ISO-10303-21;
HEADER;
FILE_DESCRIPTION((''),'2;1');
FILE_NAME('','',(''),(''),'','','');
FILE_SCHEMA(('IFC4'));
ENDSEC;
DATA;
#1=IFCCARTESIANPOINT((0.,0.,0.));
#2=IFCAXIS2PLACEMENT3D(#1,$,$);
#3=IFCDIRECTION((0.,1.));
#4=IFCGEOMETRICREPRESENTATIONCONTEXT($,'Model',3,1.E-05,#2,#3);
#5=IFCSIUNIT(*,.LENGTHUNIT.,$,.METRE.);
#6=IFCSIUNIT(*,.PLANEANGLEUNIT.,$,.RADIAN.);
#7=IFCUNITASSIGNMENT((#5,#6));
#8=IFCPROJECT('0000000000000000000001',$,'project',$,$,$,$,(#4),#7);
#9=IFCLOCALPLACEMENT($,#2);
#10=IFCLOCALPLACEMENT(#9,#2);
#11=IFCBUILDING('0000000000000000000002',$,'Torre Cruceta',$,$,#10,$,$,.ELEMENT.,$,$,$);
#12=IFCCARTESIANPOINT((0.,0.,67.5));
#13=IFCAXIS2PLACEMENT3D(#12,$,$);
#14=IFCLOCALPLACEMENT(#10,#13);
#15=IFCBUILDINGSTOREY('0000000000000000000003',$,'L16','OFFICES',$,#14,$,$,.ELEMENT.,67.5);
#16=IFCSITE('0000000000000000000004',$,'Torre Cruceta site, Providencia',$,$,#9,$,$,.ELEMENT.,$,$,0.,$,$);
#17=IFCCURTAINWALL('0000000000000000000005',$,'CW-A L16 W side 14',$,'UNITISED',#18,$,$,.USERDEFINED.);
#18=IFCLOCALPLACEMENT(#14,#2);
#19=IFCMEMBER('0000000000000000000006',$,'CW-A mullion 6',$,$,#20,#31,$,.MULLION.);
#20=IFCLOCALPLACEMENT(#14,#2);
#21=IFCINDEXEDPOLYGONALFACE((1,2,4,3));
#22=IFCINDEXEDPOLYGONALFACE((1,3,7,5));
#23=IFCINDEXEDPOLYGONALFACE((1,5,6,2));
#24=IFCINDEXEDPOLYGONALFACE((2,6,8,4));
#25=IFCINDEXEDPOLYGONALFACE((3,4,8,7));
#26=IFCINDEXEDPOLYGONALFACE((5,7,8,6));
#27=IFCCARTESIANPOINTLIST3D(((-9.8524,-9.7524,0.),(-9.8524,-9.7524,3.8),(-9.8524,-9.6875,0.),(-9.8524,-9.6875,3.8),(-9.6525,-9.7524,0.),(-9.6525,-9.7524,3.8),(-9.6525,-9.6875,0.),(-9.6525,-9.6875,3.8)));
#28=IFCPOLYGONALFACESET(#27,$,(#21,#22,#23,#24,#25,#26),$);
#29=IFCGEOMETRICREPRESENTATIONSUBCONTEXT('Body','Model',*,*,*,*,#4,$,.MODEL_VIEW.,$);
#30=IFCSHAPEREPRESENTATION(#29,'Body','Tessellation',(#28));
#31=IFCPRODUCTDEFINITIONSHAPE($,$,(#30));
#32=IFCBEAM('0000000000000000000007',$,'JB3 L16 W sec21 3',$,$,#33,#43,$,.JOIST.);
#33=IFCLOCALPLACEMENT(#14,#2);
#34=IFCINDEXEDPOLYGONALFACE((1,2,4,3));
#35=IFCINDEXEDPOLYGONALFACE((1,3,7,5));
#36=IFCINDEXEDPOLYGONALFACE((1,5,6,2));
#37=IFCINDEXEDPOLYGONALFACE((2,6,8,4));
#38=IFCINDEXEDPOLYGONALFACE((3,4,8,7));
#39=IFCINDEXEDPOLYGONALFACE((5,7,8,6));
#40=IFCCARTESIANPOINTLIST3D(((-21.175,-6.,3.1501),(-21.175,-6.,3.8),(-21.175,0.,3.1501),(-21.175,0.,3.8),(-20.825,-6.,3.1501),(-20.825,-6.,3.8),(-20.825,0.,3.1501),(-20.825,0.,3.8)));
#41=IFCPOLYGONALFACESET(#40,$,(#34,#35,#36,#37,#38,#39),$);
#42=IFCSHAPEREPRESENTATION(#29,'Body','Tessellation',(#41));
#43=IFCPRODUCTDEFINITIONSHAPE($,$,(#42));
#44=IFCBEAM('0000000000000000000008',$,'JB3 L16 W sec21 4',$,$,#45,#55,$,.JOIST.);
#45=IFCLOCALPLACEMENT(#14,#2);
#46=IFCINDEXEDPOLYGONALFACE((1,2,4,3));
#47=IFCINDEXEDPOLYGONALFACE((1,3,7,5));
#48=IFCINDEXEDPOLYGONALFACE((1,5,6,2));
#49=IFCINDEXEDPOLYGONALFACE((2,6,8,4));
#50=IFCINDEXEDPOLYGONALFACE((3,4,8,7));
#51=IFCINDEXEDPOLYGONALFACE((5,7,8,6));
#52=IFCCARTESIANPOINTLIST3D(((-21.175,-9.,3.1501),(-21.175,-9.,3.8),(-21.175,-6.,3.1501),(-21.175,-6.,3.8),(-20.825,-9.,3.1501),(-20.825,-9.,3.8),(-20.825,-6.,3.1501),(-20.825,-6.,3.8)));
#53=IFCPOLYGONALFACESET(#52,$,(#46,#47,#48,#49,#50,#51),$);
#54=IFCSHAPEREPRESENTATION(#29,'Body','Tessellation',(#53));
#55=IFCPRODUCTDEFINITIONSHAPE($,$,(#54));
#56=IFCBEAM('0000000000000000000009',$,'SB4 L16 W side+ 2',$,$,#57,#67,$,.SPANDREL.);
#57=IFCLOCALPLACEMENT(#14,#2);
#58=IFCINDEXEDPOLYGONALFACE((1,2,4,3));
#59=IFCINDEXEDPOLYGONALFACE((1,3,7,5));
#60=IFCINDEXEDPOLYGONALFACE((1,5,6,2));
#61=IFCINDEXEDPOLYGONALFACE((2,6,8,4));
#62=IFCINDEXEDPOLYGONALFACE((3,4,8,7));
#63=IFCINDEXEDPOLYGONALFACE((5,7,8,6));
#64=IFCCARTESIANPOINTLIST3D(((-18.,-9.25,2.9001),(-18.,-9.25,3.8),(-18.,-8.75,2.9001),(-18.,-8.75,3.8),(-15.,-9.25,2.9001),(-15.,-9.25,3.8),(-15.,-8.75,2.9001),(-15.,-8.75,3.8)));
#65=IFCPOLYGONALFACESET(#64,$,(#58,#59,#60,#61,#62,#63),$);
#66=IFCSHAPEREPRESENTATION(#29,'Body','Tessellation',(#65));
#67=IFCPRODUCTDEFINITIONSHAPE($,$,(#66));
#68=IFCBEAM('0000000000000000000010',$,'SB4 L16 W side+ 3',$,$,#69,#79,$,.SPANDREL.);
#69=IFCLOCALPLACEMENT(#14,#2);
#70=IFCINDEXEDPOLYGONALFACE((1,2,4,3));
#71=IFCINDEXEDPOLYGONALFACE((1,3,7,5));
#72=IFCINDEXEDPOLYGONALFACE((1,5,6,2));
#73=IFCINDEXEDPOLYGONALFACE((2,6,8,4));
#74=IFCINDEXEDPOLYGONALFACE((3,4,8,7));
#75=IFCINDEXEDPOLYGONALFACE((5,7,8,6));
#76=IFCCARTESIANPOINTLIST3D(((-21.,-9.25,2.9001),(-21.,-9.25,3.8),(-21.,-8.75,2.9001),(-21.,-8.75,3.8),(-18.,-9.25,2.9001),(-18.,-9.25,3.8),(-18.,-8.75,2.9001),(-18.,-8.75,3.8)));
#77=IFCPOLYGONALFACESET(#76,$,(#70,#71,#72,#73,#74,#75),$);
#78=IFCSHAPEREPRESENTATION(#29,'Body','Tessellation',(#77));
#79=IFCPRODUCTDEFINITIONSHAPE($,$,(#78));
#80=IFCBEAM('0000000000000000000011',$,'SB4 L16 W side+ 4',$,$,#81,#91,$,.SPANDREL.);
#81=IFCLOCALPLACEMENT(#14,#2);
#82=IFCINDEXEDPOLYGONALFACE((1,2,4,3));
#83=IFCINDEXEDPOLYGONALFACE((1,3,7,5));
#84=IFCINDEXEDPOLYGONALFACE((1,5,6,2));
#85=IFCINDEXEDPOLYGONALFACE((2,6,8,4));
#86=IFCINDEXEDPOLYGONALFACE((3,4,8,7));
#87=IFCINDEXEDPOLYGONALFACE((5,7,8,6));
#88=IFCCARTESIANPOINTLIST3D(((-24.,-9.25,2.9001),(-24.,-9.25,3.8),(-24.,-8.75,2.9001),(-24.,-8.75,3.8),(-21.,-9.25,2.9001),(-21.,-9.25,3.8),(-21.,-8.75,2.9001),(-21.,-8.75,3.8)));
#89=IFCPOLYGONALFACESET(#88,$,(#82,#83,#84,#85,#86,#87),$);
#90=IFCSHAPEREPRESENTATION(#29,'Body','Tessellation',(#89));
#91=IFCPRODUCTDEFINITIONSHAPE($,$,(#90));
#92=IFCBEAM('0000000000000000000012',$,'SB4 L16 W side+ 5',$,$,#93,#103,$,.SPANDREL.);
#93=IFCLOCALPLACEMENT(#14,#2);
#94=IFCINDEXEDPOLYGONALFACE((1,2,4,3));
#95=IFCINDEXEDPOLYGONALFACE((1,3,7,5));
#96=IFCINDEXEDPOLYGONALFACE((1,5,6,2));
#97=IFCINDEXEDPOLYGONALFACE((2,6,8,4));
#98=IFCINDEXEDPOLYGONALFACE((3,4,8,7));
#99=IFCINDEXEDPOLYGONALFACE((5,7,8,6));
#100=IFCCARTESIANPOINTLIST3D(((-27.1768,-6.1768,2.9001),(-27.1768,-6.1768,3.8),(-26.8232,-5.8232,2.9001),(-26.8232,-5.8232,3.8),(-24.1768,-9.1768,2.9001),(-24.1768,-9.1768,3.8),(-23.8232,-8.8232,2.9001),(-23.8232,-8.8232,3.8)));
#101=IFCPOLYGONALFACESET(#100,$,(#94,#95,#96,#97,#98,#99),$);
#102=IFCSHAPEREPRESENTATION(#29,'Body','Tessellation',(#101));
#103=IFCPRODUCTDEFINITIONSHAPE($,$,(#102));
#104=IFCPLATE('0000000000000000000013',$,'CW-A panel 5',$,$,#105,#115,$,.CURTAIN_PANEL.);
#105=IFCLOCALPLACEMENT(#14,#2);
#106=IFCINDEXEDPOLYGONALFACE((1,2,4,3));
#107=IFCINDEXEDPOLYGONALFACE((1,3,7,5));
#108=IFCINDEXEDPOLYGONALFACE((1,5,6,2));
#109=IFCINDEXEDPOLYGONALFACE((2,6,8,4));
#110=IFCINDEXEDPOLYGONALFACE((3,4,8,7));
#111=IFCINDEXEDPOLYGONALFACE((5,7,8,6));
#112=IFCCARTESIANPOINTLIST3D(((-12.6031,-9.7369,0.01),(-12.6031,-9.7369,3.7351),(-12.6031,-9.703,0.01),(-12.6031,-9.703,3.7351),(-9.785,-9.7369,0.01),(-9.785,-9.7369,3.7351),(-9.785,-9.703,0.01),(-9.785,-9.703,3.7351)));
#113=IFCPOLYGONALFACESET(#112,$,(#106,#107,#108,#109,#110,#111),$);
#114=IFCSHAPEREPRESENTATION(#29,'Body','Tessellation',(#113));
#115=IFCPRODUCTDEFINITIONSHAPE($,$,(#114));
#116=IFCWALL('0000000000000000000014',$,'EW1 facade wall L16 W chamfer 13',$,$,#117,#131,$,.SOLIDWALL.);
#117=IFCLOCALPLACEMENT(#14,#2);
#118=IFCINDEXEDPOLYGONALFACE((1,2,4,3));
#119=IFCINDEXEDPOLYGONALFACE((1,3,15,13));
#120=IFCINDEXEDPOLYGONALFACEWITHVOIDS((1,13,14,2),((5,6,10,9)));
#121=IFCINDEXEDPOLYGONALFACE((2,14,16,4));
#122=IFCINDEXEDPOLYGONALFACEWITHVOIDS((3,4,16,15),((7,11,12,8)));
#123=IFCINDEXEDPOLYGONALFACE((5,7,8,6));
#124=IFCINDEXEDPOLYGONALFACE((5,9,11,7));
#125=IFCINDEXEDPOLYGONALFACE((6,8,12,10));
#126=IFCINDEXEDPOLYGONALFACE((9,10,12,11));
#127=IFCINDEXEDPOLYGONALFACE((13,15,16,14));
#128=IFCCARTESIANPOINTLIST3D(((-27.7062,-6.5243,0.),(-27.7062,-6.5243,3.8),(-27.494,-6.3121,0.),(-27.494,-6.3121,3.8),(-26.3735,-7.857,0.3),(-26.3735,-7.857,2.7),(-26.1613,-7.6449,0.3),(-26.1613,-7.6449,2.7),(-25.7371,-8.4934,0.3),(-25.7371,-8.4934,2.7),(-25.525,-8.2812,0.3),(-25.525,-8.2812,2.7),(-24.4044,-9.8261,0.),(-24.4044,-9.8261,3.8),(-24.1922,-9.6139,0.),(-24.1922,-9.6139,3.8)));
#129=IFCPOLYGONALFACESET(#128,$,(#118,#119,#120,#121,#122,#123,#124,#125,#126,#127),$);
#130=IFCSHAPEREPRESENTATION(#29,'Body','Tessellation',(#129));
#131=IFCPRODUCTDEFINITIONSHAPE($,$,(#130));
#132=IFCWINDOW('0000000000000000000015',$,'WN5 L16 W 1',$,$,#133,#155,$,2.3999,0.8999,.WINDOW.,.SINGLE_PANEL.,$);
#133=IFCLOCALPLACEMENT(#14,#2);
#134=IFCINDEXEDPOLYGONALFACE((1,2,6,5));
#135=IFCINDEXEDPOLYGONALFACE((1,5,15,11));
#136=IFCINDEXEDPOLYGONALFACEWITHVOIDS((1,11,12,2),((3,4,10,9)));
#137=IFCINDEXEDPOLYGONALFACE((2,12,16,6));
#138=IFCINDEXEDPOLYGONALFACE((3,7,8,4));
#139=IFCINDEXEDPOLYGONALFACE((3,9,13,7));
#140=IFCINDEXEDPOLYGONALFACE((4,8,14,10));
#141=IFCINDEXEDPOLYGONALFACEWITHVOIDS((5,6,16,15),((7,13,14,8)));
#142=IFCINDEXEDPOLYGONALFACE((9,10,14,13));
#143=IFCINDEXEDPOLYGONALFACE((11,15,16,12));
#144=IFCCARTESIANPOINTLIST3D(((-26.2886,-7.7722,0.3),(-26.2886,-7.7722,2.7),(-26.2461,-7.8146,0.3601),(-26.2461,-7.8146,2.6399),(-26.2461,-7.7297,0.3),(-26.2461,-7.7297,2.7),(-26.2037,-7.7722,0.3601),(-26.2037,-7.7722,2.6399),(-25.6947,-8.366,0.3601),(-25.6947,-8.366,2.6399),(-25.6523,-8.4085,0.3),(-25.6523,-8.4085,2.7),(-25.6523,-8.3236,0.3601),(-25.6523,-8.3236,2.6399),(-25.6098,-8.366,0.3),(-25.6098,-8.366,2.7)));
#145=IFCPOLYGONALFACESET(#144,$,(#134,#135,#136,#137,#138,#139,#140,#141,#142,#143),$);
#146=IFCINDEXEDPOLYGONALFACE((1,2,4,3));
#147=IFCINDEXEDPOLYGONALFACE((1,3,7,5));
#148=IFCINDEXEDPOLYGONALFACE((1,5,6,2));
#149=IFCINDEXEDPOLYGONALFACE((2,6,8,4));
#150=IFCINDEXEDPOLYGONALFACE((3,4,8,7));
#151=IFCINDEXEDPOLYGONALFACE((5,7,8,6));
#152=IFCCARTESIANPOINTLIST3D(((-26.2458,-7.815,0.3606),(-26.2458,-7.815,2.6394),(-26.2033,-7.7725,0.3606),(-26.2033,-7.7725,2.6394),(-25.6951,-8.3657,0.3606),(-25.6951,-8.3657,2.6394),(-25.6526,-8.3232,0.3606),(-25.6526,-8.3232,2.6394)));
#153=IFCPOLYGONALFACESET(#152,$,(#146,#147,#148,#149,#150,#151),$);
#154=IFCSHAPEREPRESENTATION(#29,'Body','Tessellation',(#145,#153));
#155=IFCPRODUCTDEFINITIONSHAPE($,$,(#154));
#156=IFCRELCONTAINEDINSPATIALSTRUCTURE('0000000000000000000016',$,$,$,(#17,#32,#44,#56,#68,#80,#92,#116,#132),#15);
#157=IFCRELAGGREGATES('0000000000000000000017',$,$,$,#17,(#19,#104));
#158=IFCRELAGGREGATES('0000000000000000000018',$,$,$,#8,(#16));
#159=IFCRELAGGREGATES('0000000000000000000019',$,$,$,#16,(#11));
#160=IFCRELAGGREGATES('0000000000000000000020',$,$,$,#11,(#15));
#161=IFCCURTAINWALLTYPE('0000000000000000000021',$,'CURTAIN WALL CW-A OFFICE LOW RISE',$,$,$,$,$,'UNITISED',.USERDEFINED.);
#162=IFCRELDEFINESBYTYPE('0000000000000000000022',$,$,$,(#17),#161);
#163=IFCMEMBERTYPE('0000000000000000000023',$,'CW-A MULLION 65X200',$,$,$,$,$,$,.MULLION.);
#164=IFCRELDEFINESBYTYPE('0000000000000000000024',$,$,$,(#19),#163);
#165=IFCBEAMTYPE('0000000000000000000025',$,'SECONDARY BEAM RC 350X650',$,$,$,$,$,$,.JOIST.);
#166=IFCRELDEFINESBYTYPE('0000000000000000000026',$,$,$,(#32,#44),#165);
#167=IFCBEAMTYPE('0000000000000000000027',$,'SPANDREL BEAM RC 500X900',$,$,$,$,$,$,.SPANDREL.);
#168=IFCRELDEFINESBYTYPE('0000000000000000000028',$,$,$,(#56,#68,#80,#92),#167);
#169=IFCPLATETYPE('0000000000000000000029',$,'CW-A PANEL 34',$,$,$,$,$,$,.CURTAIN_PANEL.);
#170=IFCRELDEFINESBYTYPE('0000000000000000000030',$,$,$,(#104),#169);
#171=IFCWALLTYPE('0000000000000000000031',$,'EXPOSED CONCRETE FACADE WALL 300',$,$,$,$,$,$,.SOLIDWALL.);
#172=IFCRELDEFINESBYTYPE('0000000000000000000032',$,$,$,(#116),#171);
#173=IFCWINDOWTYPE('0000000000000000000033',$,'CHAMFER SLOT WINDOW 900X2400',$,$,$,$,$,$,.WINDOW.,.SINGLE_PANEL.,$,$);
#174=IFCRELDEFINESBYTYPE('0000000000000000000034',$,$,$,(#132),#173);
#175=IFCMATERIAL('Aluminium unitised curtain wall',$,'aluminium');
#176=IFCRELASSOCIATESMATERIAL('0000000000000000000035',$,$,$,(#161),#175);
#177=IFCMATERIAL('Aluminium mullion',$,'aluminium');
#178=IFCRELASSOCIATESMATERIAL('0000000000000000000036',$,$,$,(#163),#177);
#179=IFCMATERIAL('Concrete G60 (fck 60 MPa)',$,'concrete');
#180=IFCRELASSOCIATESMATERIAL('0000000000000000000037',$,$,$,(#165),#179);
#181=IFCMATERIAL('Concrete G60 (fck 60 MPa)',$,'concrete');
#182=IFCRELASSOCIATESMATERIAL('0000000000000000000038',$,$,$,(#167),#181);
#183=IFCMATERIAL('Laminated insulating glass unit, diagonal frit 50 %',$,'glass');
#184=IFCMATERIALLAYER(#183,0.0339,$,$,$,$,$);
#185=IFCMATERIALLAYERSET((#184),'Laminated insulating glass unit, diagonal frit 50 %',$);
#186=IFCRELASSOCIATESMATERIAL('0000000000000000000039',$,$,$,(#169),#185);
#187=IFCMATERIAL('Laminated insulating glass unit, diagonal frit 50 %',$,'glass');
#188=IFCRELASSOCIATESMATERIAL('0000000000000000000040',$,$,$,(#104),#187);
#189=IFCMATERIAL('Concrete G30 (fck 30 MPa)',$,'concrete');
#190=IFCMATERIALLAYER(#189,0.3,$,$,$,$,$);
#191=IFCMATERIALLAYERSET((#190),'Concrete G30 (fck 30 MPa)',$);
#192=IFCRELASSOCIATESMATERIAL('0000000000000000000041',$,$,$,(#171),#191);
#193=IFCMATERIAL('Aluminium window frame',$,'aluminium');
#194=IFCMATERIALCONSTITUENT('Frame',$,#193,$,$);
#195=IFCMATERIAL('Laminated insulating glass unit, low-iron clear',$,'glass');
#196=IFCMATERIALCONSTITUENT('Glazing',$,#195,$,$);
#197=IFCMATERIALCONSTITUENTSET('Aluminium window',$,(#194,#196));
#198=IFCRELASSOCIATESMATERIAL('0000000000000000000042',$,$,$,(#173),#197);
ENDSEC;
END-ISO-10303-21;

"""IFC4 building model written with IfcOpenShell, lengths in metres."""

from ifc_helpers import new_model, si_unit, direction, frame, frame_2d, origin, origin_2d, place, context, subcontext, project, spatial, rectangle, hollow_rectangle, extrude, material, layer, layer_set, constituent, constituent_set, material_profile, profile_set, type_object, element, fill, aggregate, save


model = new_model("IFC4")

# Units and contexts
model_context = context("Model", 3, precision=1e-05, world=origin(), true_north=direction((0.0, 1.0)))
body_context = subcontext(model_context, "Body", "Model", "MODEL_VIEW")
ifc_project = project(units=[si_unit("LENGTHUNIT", "METRE"), si_unit("PLANEANGLEUNIT", "RADIAN")], contexts=[model_context])

# Site, building, storey
site_placement = place(None, origin())
site = spatial("IfcSite", under=ifc_project, at=site_placement, Name="Torre Cruceta site, Providencia", CompositionType="ELEMENT", RefElevation=0.0)
building_placement = place(site_placement, origin())
building = spatial("IfcBuilding", under=site, at=building_placement, Name="Torre Cruceta", CompositionType="ELEMENT")
storey_placement = place(building_placement, frame((0.0, 0.0, 67.5)))
storey = spatial("IfcBuildingStorey", under=building, at=storey_placement, Name="L16", Description="OFFICES", CompositionType="ELEMENT", Elevation=67.5)

# Curtain wall, member
ifc_material_1 = material(Name="Aluminium unitised curtain wall", Category="aluminium")
curtain_wall_type = type_object("IfcCurtainWallType", Name="CURTAIN WALL CW-A OFFICE LOW RISE", ElementType="UNITISED", PredefinedType="USERDEFINED", material=ifc_material_1)
curtain_wall_placement = place(storey_placement, origin())
curtain_wall = element("IfcCurtainWall", 1, at=curtain_wall_placement, inside=storey, type_object=curtain_wall_type, Name="CW-A L16 W side 14", ObjectType="UNITISED", PredefinedType="USERDEFINED")
ifc_material_2 = material(Name="Aluminium mullion", Category="aluminium")
ifc_material_profile_1 = material_profile(ifc_material_2, rectangle(XDim=0.0649, YDim=0.2, at=origin_2d()), Name="AL 65X200")
ifc_profile_set_1 = profile_set([ifc_material_profile_1], Name="Aluminium mullion")
member_type = type_object("IfcMemberType", Name="CW-A MULLION 65X200", PredefinedType="MULLION", material=ifc_profile_set_1)
member_placement = place(storey_placement, frame((-9.7524, -9.72, 0.0), z_axis=(0.0, 0.0, 1.0), x_axis=(0.0, 1.0, 0.0)))
member = element("IfcMember", 2, at=member_placement, type_object=member_type, Name="CW-A mullion 6", PredefinedType="MULLION", context=body_context, shape_type="SweptSolid", body=[
    extrude(rectangle(XDim=0.0649, YDim=0.2, at=origin_2d()), origin(), (0.0, 0.0, 1.0), 3.8),
])

# Beams
ifc_material_3 = material(Name="Concrete G60 (fck 60 MPa)", Category="concrete")
ifc_material_profile_2 = material_profile(ifc_material_3, rectangle(XDim=0.3501, YDim=0.6499, at=origin_2d()), Name="RC 350X650")
ifc_profile_set_2 = profile_set([ifc_material_profile_2], Name="Concrete G60 (fck 60 MPa)")
beam_type_1 = type_object("IfcBeamType", Name="SECONDARY BEAM RC 350X650", PredefinedType="JOIST", material=ifc_profile_set_2)
beam_1_placement = place(storey_placement, frame((-21.0, 0.0, 3.4751), z_axis=(0.0, -1.0, 0.0), x_axis=(1.0, 0.0, 0.0)))
element("IfcBeam", 3, at=beam_1_placement, inside=storey, type_object=beam_type_1, Name="JB3 L16 W sec21 3", PredefinedType="JOIST", context=body_context, shape_type="SweptSolid", body=[
    extrude(rectangle(XDim=0.3501, YDim=0.6499, at=origin_2d()), origin(), (0.0, 0.0, 1.0), 6.0),
])
beam_2_placement = place(storey_placement, frame((-21.0, -6.0, 3.4751), z_axis=(0.0, -1.0, 0.0), x_axis=(1.0, 0.0, 0.0)))
element("IfcBeam", 4, at=beam_2_placement, inside=storey, type_object=beam_type_1, Name="JB3 L16 W sec21 4", PredefinedType="JOIST", context=body_context, shape_type="SweptSolid", body=[
    extrude(rectangle(XDim=0.3501, YDim=0.6499, at=origin_2d()), origin(), (0.0, 0.0, 1.0), 3.0),
])
ifc_material_4 = material(Name="Concrete G60 (fck 60 MPa)", Category="concrete")
ifc_material_profile_3 = material_profile(ifc_material_4, rectangle(XDim=0.5, YDim=0.8999, at=origin_2d()), Name="RC 500X900")
ifc_profile_set_3 = profile_set([ifc_material_profile_3], Name="Concrete G60 (fck 60 MPa)")
beam_type_2 = type_object("IfcBeamType", Name="SPANDREL BEAM RC 500X900", PredefinedType="SPANDREL", material=ifc_profile_set_3)
for number, where, z_axis, x_axis, name in (
    (5, (-15.0, -9.0, 3.3501), (-1.0, 0.0, 0.0), (0.0, -1.0, 0.0), "SB4 L16 W side+ 2"),
    (6, (-18.0, -9.0, 3.3501), (-1.0, 0.0, 0.0), (0.0, -1.0, 0.0), "SB4 L16 W side+ 3"),
    (7, (-21.0, -9.0, 3.3501), (-1.0, 0.0, 0.0), (0.0, -1.0, 0.0), "SB4 L16 W side+ 4"),
):
    element("IfcBeam", number, at=place(storey_placement, frame(where, z_axis=z_axis, x_axis=x_axis)), inside=storey, type_object=beam_type_2, Name=name, PredefinedType="SPANDREL", context=body_context, shape_type="SweptSolid", body=[
        extrude(rectangle(XDim=0.5, YDim=0.8999, at=origin_2d()), origin(), (0.0, 0.0, 1.0), 3.0),
    ])
beam_3_placement = place(storey_placement, frame((-24.0, -9.0, 3.3501), z_axis=(-0.707107, 0.707107, 0.0), x_axis=(-0.707107, -0.707107, 0.0)))
element("IfcBeam", 8, at=beam_3_placement, inside=storey, type_object=beam_type_2, Name="SB4 L16 W side+ 5", PredefinedType="SPANDREL", context=body_context, shape_type="SweptSolid", body=[
    extrude(rectangle(XDim=0.5, YDim=0.8999, at=origin_2d()), origin(), (0.0, 0.0, 1.0), 4.2427),
])

# Plate
ifc_material_5 = material(Name="Laminated insulating glass unit, diagonal frit 50 %", Category="glass")
ifc_material_6 = material(Name="Laminated insulating glass unit, diagonal frit 50 %", Category="glass")
ifc_layer_1 = layer(ifc_material_6, 0.0339)
ifc_layer_set_1 = layer_set([ifc_layer_1], Name="Laminated insulating glass unit, diagonal frit 50 %")
plate_type = type_object("IfcPlateType", Name="CW-A PANEL 34", PredefinedType="CURTAIN_PANEL", material=ifc_layer_set_1)
plate_placement = place(storey_placement, frame((-11.1941, -9.72, 0.01), z_axis=(0.0, 0.0, 1.0), x_axis=(1.0, 0.0, 0.0)))
plate = element("IfcPlate", 9, at=plate_placement, type_object=plate_type, material=ifc_material_5, Name="CW-A panel 5", PredefinedType="CURTAIN_PANEL", context=body_context, shape_type="SweptSolid", body=[
    extrude(rectangle(XDim=2.8181, YDim=0.0339, at=origin_2d()), origin(), (0.0, 0.0, 1.0), 3.7251),
])
aggregate(curtain_wall, [member, plate])

# Wall, opening, window
ifc_material_7 = material(Name="Concrete G30 (fck 30 MPa)", Category="concrete")
ifc_layer_2 = layer(ifc_material_7, 0.3)
ifc_layer_set_2 = layer_set([ifc_layer_2], Name="Concrete G30 (fck 30 MPa)")
wall_type_1 = type_object("IfcWallType", Name="EXPOSED CONCRETE FACADE WALL 300", PredefinedType="SOLIDWALL", material=ifc_layer_set_2)
wall_1_placement = place(storey_placement, frame((-27.6001, -6.4182, 0.0), z_axis=(0.0, 0.0, 1.0), x_axis=(0.707107, -0.707107, 0.0)))
wall_1 = element("IfcWall", 10, at=wall_1_placement, inside=storey, type_object=wall_type_1, Name="EW1 facade wall L16 W chamfer 13", PredefinedType="SOLIDWALL", context=body_context, shape_type="SweptSolid", body=[
    extrude(rectangle(XDim=4.6694, YDim=0.3, at=frame_2d((2.3347, 0.0))), origin(), (0.0, 0.0, 1.0), 3.8),
])
opening_1_placement = place(wall_1_placement, frame((1.8848, 0.0, 0.3)))
opening_1 = element("IfcOpeningElement", 11, at=opening_1_placement, cuts=wall_1, PredefinedType="OPENING", context=body_context, shape_type="SweptSolid", body=[
    extrude(rectangle(XDim=0.8999, YDim=2.3999, at=frame_2d((0.45, 1.2))), frame((0.0, 0.1599, 0.0), z_axis=(0.0, -1.0, 0.0), x_axis=(1.0, 0.0, 0.0)), (0.0, 0.0, 1.0), 0.3201),
])
ifc_material_8 = material(Name="Aluminium window frame", Category="aluminium")
ifc_constituent_1 = constituent(ifc_material_8, Name="Frame")
ifc_material_9 = material(Name="Laminated insulating glass unit, low-iron clear", Category="glass")
ifc_constituent_2 = constituent(ifc_material_9, Name="Glazing")
ifc_constituent_set_1 = constituent_set(constituents=[ifc_constituent_1, ifc_constituent_2], Name="Aluminium window")
window_type = type_object("IfcWindowType", Name="CHAMFER SLOT WINDOW 900X2400", PartitioningType="SINGLE_PANEL", PredefinedType="WINDOW", material=ifc_constituent_set_1)
window_placement = place(opening_1_placement, origin())
window = element("IfcWindow", 12, at=window_placement, inside=storey, type_object=window_type, Name="WN5 L16 W 1", OverallHeight=2.3999, OverallWidth=0.8999, PartitioningType="SINGLE_PANEL", PredefinedType="WINDOW", context=body_context, shape_type="SweptSolid", body=[
    extrude(hollow_rectangle(XDim=0.8999, YDim=2.3999, WallThickness=0.0601, at=frame_2d((0.45, 1.2))), frame((0.0, 0.03, 0.0), z_axis=(0.0, -1.0, 0.0), x_axis=(1.0, 0.0, 0.0)), (0.0, 0.0, 1.0), 0.0601),
    extrude(rectangle(XDim=0.7788, YDim=2.2788, at=frame_2d((0.45, 1.2))), frame((0.0, 0.03, 0.0), z_axis=(0.0, -1.0, 0.0), x_axis=(1.0, 0.0, 0.0)), (0.0, 0.0, 1.0), 0.0601),
])
fill(opening_1, window)

save(model, "model.ifc")
